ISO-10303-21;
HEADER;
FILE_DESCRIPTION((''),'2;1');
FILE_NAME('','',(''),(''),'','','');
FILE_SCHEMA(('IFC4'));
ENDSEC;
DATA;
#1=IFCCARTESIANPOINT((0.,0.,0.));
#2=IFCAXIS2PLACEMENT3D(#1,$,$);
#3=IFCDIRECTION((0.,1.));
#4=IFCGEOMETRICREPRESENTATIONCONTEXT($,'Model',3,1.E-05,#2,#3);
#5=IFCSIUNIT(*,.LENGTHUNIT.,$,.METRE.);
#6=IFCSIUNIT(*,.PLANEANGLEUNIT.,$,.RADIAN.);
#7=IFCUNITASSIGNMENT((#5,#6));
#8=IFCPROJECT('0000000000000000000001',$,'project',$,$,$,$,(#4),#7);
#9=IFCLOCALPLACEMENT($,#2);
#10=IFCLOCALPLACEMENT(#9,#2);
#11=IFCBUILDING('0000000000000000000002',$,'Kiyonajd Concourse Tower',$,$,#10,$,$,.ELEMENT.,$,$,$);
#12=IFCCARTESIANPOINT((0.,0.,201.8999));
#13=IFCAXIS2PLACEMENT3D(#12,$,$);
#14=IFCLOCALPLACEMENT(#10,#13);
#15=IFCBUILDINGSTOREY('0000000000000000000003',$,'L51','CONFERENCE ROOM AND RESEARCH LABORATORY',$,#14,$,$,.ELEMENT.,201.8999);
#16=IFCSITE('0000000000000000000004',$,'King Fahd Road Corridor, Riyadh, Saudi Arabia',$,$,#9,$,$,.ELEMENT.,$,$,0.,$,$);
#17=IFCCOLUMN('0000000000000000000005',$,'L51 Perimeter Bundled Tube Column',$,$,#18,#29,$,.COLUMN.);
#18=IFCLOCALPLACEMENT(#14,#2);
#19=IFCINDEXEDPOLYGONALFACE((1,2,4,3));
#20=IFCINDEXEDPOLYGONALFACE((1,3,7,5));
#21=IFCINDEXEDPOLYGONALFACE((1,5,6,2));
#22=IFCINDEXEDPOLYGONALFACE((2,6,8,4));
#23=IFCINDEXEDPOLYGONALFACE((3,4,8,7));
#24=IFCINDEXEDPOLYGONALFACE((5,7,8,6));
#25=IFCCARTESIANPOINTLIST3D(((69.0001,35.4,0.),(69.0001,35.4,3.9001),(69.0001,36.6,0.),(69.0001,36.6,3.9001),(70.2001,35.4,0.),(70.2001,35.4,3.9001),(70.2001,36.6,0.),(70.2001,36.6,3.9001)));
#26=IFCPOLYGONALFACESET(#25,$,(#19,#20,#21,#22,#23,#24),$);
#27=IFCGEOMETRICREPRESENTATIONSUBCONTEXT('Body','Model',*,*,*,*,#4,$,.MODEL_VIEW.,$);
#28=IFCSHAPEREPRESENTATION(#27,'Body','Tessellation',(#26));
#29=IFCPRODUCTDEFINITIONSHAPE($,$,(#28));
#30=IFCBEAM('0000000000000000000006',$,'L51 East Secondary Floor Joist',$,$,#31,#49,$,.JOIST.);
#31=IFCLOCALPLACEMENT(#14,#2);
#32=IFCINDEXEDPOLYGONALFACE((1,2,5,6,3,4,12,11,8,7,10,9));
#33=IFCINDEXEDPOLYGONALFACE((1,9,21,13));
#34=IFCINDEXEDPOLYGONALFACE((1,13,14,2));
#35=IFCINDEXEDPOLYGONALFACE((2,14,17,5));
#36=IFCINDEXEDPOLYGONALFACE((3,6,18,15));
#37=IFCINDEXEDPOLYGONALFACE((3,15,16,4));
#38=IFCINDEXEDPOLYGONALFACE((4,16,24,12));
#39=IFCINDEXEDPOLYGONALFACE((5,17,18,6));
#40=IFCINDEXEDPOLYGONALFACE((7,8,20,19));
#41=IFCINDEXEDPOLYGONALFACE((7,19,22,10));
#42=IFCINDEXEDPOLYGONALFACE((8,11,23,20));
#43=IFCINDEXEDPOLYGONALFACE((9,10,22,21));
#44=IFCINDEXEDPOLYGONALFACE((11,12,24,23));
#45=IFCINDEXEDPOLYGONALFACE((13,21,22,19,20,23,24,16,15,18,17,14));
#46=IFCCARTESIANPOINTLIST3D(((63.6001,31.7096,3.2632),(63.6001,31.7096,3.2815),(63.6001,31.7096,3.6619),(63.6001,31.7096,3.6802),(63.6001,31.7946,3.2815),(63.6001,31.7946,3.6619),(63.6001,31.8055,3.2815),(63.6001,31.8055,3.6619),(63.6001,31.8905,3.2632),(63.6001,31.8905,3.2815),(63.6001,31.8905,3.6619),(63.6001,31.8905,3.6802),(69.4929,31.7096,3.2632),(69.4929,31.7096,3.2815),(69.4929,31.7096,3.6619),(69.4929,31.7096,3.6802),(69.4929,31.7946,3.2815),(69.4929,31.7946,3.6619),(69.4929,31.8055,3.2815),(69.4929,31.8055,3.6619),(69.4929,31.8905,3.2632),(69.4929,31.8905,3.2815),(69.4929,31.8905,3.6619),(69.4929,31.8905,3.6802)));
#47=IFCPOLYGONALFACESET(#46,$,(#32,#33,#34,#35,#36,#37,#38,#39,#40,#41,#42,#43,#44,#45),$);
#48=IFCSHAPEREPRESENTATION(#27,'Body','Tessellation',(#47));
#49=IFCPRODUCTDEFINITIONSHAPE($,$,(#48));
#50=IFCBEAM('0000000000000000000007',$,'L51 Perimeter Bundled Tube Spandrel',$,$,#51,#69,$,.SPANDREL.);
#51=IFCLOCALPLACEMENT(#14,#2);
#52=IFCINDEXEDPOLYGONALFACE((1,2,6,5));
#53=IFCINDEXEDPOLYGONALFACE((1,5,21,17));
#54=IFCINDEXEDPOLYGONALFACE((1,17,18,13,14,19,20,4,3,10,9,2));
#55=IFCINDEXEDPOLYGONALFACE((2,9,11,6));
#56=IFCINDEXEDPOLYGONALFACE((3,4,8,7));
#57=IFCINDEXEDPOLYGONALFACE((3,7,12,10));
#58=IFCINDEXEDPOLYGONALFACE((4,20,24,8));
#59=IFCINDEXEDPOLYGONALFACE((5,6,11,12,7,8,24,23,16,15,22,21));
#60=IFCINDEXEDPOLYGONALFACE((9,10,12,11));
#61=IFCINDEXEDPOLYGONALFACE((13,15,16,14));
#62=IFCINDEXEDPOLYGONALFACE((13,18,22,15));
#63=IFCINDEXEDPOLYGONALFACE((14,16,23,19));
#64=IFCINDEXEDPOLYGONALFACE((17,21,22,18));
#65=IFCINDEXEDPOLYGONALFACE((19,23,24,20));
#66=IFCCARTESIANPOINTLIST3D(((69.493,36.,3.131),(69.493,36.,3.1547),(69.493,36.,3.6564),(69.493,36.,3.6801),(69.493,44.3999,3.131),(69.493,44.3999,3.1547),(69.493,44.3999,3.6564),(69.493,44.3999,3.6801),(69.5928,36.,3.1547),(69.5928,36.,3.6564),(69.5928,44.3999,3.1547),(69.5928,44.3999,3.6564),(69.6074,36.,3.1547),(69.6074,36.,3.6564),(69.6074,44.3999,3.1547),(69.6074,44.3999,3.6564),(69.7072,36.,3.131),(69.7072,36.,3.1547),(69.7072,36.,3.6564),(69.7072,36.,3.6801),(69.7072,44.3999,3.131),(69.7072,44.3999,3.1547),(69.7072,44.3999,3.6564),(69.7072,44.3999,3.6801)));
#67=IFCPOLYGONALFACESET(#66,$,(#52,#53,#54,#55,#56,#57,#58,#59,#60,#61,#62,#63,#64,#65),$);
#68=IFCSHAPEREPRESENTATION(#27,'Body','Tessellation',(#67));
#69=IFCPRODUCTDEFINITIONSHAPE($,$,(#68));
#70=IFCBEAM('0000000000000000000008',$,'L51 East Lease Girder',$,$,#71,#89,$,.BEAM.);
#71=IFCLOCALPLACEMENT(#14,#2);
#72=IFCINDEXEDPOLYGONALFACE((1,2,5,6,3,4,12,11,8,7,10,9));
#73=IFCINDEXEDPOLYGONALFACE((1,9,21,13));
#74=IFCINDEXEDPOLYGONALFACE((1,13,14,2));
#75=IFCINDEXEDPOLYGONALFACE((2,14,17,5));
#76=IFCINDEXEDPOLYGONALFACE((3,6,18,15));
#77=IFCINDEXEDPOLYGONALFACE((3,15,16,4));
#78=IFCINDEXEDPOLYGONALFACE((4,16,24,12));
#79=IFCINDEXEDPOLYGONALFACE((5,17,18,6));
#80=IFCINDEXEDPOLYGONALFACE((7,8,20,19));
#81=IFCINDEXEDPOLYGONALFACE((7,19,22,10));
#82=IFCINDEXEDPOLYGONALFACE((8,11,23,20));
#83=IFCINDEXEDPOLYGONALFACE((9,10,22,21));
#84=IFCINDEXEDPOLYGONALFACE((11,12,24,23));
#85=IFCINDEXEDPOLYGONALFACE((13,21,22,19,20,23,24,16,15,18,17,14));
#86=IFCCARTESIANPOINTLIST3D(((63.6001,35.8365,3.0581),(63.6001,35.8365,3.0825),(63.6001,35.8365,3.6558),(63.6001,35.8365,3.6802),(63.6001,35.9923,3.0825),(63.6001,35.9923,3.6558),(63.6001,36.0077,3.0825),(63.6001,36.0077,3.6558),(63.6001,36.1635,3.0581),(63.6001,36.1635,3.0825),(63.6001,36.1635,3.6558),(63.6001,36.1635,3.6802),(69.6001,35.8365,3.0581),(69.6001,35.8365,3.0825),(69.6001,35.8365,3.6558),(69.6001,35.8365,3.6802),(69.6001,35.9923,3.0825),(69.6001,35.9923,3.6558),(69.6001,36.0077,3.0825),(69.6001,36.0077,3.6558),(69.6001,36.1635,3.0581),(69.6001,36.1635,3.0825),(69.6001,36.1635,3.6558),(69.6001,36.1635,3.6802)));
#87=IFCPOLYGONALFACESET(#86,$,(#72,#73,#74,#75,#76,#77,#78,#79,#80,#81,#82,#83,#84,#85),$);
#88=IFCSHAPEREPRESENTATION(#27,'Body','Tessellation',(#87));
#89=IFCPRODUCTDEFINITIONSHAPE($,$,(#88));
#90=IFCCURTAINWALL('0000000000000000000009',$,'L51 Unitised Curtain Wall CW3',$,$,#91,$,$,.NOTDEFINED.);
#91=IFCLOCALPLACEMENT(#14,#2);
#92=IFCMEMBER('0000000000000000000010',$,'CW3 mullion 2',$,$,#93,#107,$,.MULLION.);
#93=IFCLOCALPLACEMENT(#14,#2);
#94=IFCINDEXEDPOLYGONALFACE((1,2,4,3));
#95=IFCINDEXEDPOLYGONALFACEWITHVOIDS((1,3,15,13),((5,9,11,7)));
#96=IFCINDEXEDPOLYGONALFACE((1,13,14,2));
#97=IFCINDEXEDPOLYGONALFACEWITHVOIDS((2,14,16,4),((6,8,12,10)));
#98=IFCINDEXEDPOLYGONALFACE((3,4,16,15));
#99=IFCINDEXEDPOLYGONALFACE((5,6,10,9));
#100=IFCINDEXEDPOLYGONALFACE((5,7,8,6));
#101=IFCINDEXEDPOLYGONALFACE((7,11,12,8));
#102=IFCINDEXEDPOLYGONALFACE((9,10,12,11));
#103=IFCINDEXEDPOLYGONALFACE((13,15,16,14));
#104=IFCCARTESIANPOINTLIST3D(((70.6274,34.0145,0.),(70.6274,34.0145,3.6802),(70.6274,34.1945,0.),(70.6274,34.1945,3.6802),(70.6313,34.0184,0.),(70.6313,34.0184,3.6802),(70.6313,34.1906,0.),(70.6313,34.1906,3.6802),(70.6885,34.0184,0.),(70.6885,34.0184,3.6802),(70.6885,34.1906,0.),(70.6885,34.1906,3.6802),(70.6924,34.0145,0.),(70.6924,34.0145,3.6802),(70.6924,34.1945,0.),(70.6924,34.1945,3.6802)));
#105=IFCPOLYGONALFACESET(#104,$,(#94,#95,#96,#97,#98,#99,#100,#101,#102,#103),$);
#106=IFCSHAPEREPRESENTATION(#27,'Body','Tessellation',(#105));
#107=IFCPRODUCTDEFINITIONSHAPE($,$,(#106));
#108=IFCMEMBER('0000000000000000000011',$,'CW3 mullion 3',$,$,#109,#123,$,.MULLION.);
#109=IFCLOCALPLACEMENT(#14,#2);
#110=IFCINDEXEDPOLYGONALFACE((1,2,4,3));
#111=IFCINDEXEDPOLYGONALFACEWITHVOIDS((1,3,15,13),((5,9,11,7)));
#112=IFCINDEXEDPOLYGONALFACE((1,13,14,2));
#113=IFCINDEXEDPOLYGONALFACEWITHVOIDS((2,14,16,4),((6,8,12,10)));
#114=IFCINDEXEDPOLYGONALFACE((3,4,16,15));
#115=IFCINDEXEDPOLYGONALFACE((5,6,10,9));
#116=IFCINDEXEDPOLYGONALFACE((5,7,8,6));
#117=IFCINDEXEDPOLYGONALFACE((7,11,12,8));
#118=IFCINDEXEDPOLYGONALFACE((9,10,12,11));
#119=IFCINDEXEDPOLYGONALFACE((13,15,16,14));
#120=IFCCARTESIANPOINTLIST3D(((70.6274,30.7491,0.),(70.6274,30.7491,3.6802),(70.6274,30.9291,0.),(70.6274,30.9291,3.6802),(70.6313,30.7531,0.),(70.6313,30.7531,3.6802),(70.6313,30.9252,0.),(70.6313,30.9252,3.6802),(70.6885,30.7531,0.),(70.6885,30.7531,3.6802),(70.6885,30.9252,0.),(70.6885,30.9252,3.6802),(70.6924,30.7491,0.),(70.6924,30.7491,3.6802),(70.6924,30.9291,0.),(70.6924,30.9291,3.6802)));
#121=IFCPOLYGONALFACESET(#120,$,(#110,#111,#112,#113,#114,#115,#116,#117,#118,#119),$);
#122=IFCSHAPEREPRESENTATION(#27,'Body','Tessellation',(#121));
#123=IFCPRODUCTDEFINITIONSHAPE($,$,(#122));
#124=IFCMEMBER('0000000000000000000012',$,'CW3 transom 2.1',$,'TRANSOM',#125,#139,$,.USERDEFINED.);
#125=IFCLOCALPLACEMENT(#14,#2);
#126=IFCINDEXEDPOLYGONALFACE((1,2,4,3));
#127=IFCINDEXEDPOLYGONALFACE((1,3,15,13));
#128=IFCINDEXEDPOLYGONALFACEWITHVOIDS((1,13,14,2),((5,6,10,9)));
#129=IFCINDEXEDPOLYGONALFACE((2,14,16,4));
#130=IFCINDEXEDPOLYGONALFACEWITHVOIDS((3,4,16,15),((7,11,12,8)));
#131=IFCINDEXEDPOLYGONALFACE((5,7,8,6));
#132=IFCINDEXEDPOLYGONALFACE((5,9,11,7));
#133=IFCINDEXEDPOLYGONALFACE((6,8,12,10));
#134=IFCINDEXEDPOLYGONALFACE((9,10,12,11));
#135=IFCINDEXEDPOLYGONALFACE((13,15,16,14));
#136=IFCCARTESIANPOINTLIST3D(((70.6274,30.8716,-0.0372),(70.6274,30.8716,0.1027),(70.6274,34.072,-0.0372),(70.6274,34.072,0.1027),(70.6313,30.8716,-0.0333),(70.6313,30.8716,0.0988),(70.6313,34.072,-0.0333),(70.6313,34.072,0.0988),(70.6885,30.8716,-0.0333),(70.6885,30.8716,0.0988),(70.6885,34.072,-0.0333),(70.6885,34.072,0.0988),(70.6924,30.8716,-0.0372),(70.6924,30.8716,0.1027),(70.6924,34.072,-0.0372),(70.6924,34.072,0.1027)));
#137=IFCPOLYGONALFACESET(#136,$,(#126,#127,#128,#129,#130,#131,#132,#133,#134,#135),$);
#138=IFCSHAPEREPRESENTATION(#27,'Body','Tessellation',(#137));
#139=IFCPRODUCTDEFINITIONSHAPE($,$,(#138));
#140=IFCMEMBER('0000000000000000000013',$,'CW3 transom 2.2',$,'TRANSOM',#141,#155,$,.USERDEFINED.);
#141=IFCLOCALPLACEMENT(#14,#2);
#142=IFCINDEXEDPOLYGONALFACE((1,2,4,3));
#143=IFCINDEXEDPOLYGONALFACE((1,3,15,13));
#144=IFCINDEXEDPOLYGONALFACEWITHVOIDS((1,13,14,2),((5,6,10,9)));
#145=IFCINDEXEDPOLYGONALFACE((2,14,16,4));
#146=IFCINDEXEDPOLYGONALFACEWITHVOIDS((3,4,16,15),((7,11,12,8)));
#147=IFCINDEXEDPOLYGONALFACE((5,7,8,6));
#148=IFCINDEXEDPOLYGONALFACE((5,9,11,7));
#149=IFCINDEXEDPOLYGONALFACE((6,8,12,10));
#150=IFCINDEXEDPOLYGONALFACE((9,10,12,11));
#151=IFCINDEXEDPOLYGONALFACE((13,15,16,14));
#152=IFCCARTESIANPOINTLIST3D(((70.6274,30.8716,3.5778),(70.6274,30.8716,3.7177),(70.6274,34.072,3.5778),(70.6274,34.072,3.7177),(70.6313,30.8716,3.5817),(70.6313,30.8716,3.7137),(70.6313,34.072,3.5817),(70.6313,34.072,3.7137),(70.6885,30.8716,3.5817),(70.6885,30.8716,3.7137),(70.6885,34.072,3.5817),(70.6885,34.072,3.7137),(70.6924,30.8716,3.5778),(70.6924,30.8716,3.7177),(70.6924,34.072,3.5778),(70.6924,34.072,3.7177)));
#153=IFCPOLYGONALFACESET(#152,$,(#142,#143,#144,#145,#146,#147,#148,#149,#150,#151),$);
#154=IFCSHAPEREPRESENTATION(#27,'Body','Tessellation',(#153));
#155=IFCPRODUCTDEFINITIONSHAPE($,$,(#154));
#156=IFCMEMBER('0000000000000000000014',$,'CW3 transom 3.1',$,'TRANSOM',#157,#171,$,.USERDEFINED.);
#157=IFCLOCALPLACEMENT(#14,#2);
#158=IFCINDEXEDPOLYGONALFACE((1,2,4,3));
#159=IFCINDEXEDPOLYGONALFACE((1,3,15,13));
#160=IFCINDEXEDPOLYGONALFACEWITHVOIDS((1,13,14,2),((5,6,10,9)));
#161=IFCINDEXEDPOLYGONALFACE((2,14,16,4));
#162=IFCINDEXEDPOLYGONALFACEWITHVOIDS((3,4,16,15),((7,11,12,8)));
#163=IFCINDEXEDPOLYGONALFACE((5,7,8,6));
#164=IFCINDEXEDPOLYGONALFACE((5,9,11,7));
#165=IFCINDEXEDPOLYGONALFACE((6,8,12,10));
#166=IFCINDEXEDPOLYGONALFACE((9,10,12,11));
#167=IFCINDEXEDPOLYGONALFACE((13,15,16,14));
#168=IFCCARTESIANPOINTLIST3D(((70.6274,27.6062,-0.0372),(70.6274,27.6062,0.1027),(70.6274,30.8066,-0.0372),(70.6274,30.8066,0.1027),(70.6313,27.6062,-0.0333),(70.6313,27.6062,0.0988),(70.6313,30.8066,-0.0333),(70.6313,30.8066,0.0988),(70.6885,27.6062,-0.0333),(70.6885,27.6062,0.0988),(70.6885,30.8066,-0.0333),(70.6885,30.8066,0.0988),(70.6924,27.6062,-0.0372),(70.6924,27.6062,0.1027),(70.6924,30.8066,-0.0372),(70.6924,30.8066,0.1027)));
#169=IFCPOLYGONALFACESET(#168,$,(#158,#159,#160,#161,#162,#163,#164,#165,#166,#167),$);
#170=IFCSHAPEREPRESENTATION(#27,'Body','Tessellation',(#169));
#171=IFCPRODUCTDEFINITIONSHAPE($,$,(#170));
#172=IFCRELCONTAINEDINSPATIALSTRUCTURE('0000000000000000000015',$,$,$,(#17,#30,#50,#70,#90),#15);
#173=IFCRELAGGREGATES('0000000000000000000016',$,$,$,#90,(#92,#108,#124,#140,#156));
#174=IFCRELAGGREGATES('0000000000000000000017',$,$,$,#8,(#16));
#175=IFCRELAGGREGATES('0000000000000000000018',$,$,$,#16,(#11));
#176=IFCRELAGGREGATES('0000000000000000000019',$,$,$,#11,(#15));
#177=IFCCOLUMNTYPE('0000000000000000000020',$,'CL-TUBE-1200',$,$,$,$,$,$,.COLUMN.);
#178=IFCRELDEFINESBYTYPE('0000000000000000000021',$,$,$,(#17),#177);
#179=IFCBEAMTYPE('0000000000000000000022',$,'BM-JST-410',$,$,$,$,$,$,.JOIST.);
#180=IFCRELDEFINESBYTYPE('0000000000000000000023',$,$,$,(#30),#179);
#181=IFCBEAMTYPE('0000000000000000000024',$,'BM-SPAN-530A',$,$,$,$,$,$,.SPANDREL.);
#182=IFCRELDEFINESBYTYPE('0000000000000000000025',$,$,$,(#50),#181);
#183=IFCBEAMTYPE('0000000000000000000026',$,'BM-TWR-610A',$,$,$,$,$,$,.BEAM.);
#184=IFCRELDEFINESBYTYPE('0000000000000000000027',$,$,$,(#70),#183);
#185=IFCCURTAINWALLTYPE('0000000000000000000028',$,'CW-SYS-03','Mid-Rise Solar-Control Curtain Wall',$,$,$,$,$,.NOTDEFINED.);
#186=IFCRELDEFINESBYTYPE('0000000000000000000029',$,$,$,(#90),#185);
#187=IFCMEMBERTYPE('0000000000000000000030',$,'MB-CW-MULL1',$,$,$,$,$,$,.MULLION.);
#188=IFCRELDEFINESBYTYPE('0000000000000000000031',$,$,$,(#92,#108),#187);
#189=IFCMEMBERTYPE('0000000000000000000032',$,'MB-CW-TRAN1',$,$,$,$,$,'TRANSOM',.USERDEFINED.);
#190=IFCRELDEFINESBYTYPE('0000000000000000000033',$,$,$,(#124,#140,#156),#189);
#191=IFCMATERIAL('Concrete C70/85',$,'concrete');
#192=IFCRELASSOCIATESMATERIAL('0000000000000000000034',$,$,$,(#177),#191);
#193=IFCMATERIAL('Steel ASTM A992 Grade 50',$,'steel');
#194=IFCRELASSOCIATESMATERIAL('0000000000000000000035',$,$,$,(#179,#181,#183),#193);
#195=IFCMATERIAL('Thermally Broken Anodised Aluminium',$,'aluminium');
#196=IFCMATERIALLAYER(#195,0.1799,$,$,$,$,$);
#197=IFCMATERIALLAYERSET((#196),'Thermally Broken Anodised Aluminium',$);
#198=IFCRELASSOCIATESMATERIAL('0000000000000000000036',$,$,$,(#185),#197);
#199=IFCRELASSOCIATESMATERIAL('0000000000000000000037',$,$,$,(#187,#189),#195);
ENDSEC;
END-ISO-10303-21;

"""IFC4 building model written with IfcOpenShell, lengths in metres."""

from ifc_helpers import new_model, si_unit, direction, frame, origin, origin_2d, place, context, subcontext, project, spatial, rectangle, hollow_rectangle, i_section, extrude, material, layer, layer_set, material_profile, profile_set, type_object, element, aggregate, save


model = new_model("IFC4")

# Units and contexts
model_context = context("Model", 3, precision=1e-05, world=origin(), true_north=direction((0.0, 1.0)))
body_context = subcontext(model_context, "Body", "Model", "MODEL_VIEW")
ifc_project = project(units=[si_unit("LENGTHUNIT", "METRE"), si_unit("PLANEANGLEUNIT", "RADIAN")], contexts=[model_context])

# Site, building, storey
site_placement = place(None, origin())
site = spatial("IfcSite", under=ifc_project, at=site_placement, Name="King Fahd Road Corridor, Riyadh, Saudi Arabia", CompositionType="ELEMENT", RefElevation=0.0)
building_placement = place(site_placement, origin())
building = spatial("IfcBuilding", under=site, at=building_placement, Name="Kiyonajd Concourse Tower", CompositionType="ELEMENT")
storey_placement = place(building_placement, frame((0.0, 0.0, 201.8999)))
storey = spatial("IfcBuildingStorey", under=building, at=storey_placement, Name="L51", Description="CONFERENCE ROOM AND RESEARCH LABORATORY", CompositionType="ELEMENT", Elevation=201.8999)

# Column
ifc_material_1 = material(Name="Concrete C70/85", Category="concrete")
ifc_material_profile_1 = material_profile(ifc_material_1, rectangle(XDim=1.2, YDim=1.2, at=origin_2d()), Name="RC-1200x1200")
ifc_profile_set_1 = profile_set([ifc_material_profile_1], Name="Concrete C70/85")
column_type = type_object("IfcColumnType", Name="CL-TUBE-1200", PredefinedType="COLUMN", material=ifc_profile_set_1)
column_placement = place(storey_placement, frame((69.6001, 36.0, 0.0), z_axis=(0.0, 0.0, 1.0), x_axis=(1.0, 0.0, 0.0)))
element("IfcColumn", 1, at=column_placement, inside=storey, type_object=column_type, Name="L51 Perimeter Bundled Tube Column", PredefinedType="COLUMN", context=body_context, shape_type="SweptSolid", body=[
    extrude(rectangle(XDim=1.2, YDim=1.2, at=origin_2d()), origin(), (0.0, 0.0, 1.0), 3.9001),
])

# Beams
ifc_material_2 = material(Name="Steel ASTM A992 Grade 50", Category="steel")
ifc_material_profile_2 = material_profile(ifc_material_2, i_section(OverallWidth=0.1809, OverallDepth=0.417, WebThickness=0.011, FlangeThickness=0.0183, at=origin_2d()), Name="W410X85")
ifc_profile_set_2 = profile_set([ifc_material_profile_2], Name="Steel ASTM A992 Grade 50")
beam_type_1 = type_object("IfcBeamType", Name="BM-JST-410", PredefinedType="JOIST", material=ifc_profile_set_2)
beam_1_placement = place(storey_placement, frame((63.6001, 31.8, 3.4717), z_axis=(1.0, 0.0, 0.0), x_axis=(0.0, 1.0, 0.0)))
element("IfcBeam", 2, at=beam_1_placement, inside=storey, type_object=beam_type_1, Name="L51 East Secondary Floor Joist", PredefinedType="JOIST", context=body_context, shape_type="SweptSolid", body=[
    extrude(i_section(OverallWidth=0.1809, OverallDepth=0.417, WebThickness=0.011, FlangeThickness=0.0183, at=origin_2d()), origin(), (0.0, 0.0, 1.0), 5.8928),
])
ifc_material_profile_3 = material_profile(ifc_material_2, i_section(OverallWidth=0.2141, OverallDepth=0.5491, WebThickness=0.0146, FlangeThickness=0.0237, at=origin_2d()), Name="W530X138")
ifc_profile_set_3 = profile_set([ifc_material_profile_3], Name="Steel ASTM A992 Grade 50")
beam_type_2 = type_object("IfcBeamType", Name="BM-SPAN-530A", PredefinedType="SPANDREL", material=ifc_profile_set_3)
beam_2_placement = place(storey_placement, frame((69.6001, 36.0, 3.4055), z_axis=(0.0, 1.0, 0.0), x_axis=(-1.0, 0.0, 0.0)))
element("IfcBeam", 3, at=beam_2_placement, inside=storey, type_object=beam_type_2, Name="L51 Perimeter Bundled Tube Spandrel", PredefinedType="SPANDREL", context=body_context, shape_type="SweptSolid", body=[
    extrude(i_section(OverallWidth=0.2141, OverallDepth=0.5491, WebThickness=0.0146, FlangeThickness=0.0237, at=origin_2d()), origin(), (0.0, 0.0, 1.0), 8.3999),
])
ifc_material_profile_4 = material_profile(ifc_material_2, i_section(OverallWidth=0.3269, OverallDepth=0.6221, WebThickness=0.0154, FlangeThickness=0.0244, at=origin_2d()), Name="W610X195")
ifc_profile_set_4 = profile_set([ifc_material_profile_4], Name="Steel ASTM A992 Grade 50")
beam_type_3 = type_object("IfcBeamType", Name="BM-TWR-610A", PredefinedType="BEAM", material=ifc_profile_set_4)
beam_3_placement = place(storey_placement, frame((63.6001, 36.0, 3.3691), z_axis=(1.0, 0.0, 0.0), x_axis=(0.0, 1.0, 0.0)))
element("IfcBeam", 4, at=beam_3_placement, inside=storey, type_object=beam_type_3, Name="L51 East Lease Girder", PredefinedType="BEAM", context=body_context, shape_type="SweptSolid", body=[
    extrude(i_section(OverallWidth=0.3269, OverallDepth=0.6221, WebThickness=0.0154, FlangeThickness=0.0244, at=origin_2d()), origin(), (0.0, 0.0, 1.0), 6.0),
])

# Curtain wall, members
ifc_material_3 = material(Name="Thermally Broken Anodised Aluminium", Category="aluminium")
ifc_layer_1 = layer(ifc_material_3, 0.1799)
ifc_layer_set_1 = layer_set([ifc_layer_1], Name="Thermally Broken Anodised Aluminium")
curtain_wall_type = type_object("IfcCurtainWallType", Name="CW-SYS-03", Description="Mid-Rise Solar-Control Curtain Wall", PredefinedType="NOTDEFINED", material=ifc_layer_set_1)
curtain_wall_placement = place(storey_placement, origin())
curtain_wall = element("IfcCurtainWall", 5, at=curtain_wall_placement, inside=storey, type_object=curtain_wall_type, Name="L51 Unitised Curtain Wall CW3", PredefinedType="NOTDEFINED")
ifc_material_profile_5 = material_profile(ifc_material_3, hollow_rectangle(XDim=0.0649, YDim=0.1799, WallThickness=0.0039, at=origin_2d()), Name="MULL-65x180")
ifc_profile_set_5 = profile_set([ifc_material_profile_5], Name="Thermally Broken Anodised Aluminium")
member_type_1 = type_object("IfcMemberType", Name="MB-CW-MULL1", PredefinedType="MULLION", material=ifc_profile_set_5)
member_1_placement = place(storey_placement, frame((70.6599, 34.1045, 0.0), z_axis=(0.0, 0.0, 1.0), x_axis=(1.0, 0.0, 0.0)))
member_1 = element("IfcMember", 6, at=member_1_placement, type_object=member_type_1, Name="CW3 mullion 2", PredefinedType="MULLION", context=body_context, shape_type="SweptSolid", body=[
    extrude(hollow_rectangle(XDim=0.0649, YDim=0.1799, WallThickness=0.0039, at=origin_2d()), origin(), (0.0, 0.0, 1.0), 3.6802),
])
member_2_placement = place(storey_placement, frame((70.6599, 30.8391, 0.0), z_axis=(0.0, 0.0, 1.0), x_axis=(1.0, 0.0, 0.0)))
member_2 = element("IfcMember", 7, at=member_2_placement, type_object=member_type_1, Name="CW3 mullion 3", PredefinedType="MULLION", context=body_context, shape_type="SweptSolid", body=[
    extrude(hollow_rectangle(XDim=0.0649, YDim=0.1799, WallThickness=0.0039, at=origin_2d()), origin(), (0.0, 0.0, 1.0), 3.6802),
])
ifc_material_profile_6 = material_profile(ifc_material_3, hollow_rectangle(XDim=0.0649, YDim=0.1399, WallThickness=0.0039, at=origin_2d()), Name="TRAN-65x140")
ifc_profile_set_6 = profile_set([ifc_material_profile_6], Name="Thermally Broken Anodised Aluminium")
member_type_2 = type_object("IfcMemberType", Name="MB-CW-TRAN1", ElementType="TRANSOM", PredefinedType="USERDEFINED", material=ifc_profile_set_6)
member_3_placement = place(storey_placement, frame((70.6599, 34.072, 0.0327), z_axis=(0.0, -1.0, 0.0), x_axis=(1.0, 0.0, 0.0)))
member_3 = element("IfcMember", 8, at=member_3_placement, type_object=member_type_2, Name="CW3 transom 2.1", ObjectType="TRANSOM", PredefinedType="USERDEFINED", context=body_context, shape_type="SweptSolid", body=[
    extrude(hollow_rectangle(XDim=0.0649, YDim=0.1399, WallThickness=0.0039, at=origin_2d()), origin(), (0.0, 0.0, 1.0), 3.2004),
])
member_4_placement = place(storey_placement, frame((70.6599, 34.072, 3.6477), z_axis=(0.0, -1.0, 0.0), x_axis=(1.0, 0.0, 0.0)))
member_4 = element("IfcMember", 9, at=member_4_placement, type_object=member_type_2, Name="CW3 transom 2.2", ObjectType="TRANSOM", PredefinedType="USERDEFINED", context=body_context, shape_type="SweptSolid", body=[
    extrude(hollow_rectangle(XDim=0.0649, YDim=0.1399, WallThickness=0.0039, at=origin_2d()), origin(), (0.0, 0.0, 1.0), 3.2004),
])
member_5_placement = place(storey_placement, frame((70.6599, 30.8066, 0.0327), z_axis=(0.0, -1.0, 0.0), x_axis=(1.0, 0.0, 0.0)))
member_5 = element("IfcMember", 10, at=member_5_placement, type_object=member_type_2, Name="CW3 transom 3.1", ObjectType="TRANSOM", PredefinedType="USERDEFINED", context=body_context, shape_type="SweptSolid", body=[
    extrude(hollow_rectangle(XDim=0.0649, YDim=0.1399, WallThickness=0.0039, at=origin_2d()), origin(), (0.0, 0.0, 1.0), 3.2004),
])
aggregate(curtain_wall, [member_1, member_2, member_3, member_4, member_5])

save(model, "model.ifc")
